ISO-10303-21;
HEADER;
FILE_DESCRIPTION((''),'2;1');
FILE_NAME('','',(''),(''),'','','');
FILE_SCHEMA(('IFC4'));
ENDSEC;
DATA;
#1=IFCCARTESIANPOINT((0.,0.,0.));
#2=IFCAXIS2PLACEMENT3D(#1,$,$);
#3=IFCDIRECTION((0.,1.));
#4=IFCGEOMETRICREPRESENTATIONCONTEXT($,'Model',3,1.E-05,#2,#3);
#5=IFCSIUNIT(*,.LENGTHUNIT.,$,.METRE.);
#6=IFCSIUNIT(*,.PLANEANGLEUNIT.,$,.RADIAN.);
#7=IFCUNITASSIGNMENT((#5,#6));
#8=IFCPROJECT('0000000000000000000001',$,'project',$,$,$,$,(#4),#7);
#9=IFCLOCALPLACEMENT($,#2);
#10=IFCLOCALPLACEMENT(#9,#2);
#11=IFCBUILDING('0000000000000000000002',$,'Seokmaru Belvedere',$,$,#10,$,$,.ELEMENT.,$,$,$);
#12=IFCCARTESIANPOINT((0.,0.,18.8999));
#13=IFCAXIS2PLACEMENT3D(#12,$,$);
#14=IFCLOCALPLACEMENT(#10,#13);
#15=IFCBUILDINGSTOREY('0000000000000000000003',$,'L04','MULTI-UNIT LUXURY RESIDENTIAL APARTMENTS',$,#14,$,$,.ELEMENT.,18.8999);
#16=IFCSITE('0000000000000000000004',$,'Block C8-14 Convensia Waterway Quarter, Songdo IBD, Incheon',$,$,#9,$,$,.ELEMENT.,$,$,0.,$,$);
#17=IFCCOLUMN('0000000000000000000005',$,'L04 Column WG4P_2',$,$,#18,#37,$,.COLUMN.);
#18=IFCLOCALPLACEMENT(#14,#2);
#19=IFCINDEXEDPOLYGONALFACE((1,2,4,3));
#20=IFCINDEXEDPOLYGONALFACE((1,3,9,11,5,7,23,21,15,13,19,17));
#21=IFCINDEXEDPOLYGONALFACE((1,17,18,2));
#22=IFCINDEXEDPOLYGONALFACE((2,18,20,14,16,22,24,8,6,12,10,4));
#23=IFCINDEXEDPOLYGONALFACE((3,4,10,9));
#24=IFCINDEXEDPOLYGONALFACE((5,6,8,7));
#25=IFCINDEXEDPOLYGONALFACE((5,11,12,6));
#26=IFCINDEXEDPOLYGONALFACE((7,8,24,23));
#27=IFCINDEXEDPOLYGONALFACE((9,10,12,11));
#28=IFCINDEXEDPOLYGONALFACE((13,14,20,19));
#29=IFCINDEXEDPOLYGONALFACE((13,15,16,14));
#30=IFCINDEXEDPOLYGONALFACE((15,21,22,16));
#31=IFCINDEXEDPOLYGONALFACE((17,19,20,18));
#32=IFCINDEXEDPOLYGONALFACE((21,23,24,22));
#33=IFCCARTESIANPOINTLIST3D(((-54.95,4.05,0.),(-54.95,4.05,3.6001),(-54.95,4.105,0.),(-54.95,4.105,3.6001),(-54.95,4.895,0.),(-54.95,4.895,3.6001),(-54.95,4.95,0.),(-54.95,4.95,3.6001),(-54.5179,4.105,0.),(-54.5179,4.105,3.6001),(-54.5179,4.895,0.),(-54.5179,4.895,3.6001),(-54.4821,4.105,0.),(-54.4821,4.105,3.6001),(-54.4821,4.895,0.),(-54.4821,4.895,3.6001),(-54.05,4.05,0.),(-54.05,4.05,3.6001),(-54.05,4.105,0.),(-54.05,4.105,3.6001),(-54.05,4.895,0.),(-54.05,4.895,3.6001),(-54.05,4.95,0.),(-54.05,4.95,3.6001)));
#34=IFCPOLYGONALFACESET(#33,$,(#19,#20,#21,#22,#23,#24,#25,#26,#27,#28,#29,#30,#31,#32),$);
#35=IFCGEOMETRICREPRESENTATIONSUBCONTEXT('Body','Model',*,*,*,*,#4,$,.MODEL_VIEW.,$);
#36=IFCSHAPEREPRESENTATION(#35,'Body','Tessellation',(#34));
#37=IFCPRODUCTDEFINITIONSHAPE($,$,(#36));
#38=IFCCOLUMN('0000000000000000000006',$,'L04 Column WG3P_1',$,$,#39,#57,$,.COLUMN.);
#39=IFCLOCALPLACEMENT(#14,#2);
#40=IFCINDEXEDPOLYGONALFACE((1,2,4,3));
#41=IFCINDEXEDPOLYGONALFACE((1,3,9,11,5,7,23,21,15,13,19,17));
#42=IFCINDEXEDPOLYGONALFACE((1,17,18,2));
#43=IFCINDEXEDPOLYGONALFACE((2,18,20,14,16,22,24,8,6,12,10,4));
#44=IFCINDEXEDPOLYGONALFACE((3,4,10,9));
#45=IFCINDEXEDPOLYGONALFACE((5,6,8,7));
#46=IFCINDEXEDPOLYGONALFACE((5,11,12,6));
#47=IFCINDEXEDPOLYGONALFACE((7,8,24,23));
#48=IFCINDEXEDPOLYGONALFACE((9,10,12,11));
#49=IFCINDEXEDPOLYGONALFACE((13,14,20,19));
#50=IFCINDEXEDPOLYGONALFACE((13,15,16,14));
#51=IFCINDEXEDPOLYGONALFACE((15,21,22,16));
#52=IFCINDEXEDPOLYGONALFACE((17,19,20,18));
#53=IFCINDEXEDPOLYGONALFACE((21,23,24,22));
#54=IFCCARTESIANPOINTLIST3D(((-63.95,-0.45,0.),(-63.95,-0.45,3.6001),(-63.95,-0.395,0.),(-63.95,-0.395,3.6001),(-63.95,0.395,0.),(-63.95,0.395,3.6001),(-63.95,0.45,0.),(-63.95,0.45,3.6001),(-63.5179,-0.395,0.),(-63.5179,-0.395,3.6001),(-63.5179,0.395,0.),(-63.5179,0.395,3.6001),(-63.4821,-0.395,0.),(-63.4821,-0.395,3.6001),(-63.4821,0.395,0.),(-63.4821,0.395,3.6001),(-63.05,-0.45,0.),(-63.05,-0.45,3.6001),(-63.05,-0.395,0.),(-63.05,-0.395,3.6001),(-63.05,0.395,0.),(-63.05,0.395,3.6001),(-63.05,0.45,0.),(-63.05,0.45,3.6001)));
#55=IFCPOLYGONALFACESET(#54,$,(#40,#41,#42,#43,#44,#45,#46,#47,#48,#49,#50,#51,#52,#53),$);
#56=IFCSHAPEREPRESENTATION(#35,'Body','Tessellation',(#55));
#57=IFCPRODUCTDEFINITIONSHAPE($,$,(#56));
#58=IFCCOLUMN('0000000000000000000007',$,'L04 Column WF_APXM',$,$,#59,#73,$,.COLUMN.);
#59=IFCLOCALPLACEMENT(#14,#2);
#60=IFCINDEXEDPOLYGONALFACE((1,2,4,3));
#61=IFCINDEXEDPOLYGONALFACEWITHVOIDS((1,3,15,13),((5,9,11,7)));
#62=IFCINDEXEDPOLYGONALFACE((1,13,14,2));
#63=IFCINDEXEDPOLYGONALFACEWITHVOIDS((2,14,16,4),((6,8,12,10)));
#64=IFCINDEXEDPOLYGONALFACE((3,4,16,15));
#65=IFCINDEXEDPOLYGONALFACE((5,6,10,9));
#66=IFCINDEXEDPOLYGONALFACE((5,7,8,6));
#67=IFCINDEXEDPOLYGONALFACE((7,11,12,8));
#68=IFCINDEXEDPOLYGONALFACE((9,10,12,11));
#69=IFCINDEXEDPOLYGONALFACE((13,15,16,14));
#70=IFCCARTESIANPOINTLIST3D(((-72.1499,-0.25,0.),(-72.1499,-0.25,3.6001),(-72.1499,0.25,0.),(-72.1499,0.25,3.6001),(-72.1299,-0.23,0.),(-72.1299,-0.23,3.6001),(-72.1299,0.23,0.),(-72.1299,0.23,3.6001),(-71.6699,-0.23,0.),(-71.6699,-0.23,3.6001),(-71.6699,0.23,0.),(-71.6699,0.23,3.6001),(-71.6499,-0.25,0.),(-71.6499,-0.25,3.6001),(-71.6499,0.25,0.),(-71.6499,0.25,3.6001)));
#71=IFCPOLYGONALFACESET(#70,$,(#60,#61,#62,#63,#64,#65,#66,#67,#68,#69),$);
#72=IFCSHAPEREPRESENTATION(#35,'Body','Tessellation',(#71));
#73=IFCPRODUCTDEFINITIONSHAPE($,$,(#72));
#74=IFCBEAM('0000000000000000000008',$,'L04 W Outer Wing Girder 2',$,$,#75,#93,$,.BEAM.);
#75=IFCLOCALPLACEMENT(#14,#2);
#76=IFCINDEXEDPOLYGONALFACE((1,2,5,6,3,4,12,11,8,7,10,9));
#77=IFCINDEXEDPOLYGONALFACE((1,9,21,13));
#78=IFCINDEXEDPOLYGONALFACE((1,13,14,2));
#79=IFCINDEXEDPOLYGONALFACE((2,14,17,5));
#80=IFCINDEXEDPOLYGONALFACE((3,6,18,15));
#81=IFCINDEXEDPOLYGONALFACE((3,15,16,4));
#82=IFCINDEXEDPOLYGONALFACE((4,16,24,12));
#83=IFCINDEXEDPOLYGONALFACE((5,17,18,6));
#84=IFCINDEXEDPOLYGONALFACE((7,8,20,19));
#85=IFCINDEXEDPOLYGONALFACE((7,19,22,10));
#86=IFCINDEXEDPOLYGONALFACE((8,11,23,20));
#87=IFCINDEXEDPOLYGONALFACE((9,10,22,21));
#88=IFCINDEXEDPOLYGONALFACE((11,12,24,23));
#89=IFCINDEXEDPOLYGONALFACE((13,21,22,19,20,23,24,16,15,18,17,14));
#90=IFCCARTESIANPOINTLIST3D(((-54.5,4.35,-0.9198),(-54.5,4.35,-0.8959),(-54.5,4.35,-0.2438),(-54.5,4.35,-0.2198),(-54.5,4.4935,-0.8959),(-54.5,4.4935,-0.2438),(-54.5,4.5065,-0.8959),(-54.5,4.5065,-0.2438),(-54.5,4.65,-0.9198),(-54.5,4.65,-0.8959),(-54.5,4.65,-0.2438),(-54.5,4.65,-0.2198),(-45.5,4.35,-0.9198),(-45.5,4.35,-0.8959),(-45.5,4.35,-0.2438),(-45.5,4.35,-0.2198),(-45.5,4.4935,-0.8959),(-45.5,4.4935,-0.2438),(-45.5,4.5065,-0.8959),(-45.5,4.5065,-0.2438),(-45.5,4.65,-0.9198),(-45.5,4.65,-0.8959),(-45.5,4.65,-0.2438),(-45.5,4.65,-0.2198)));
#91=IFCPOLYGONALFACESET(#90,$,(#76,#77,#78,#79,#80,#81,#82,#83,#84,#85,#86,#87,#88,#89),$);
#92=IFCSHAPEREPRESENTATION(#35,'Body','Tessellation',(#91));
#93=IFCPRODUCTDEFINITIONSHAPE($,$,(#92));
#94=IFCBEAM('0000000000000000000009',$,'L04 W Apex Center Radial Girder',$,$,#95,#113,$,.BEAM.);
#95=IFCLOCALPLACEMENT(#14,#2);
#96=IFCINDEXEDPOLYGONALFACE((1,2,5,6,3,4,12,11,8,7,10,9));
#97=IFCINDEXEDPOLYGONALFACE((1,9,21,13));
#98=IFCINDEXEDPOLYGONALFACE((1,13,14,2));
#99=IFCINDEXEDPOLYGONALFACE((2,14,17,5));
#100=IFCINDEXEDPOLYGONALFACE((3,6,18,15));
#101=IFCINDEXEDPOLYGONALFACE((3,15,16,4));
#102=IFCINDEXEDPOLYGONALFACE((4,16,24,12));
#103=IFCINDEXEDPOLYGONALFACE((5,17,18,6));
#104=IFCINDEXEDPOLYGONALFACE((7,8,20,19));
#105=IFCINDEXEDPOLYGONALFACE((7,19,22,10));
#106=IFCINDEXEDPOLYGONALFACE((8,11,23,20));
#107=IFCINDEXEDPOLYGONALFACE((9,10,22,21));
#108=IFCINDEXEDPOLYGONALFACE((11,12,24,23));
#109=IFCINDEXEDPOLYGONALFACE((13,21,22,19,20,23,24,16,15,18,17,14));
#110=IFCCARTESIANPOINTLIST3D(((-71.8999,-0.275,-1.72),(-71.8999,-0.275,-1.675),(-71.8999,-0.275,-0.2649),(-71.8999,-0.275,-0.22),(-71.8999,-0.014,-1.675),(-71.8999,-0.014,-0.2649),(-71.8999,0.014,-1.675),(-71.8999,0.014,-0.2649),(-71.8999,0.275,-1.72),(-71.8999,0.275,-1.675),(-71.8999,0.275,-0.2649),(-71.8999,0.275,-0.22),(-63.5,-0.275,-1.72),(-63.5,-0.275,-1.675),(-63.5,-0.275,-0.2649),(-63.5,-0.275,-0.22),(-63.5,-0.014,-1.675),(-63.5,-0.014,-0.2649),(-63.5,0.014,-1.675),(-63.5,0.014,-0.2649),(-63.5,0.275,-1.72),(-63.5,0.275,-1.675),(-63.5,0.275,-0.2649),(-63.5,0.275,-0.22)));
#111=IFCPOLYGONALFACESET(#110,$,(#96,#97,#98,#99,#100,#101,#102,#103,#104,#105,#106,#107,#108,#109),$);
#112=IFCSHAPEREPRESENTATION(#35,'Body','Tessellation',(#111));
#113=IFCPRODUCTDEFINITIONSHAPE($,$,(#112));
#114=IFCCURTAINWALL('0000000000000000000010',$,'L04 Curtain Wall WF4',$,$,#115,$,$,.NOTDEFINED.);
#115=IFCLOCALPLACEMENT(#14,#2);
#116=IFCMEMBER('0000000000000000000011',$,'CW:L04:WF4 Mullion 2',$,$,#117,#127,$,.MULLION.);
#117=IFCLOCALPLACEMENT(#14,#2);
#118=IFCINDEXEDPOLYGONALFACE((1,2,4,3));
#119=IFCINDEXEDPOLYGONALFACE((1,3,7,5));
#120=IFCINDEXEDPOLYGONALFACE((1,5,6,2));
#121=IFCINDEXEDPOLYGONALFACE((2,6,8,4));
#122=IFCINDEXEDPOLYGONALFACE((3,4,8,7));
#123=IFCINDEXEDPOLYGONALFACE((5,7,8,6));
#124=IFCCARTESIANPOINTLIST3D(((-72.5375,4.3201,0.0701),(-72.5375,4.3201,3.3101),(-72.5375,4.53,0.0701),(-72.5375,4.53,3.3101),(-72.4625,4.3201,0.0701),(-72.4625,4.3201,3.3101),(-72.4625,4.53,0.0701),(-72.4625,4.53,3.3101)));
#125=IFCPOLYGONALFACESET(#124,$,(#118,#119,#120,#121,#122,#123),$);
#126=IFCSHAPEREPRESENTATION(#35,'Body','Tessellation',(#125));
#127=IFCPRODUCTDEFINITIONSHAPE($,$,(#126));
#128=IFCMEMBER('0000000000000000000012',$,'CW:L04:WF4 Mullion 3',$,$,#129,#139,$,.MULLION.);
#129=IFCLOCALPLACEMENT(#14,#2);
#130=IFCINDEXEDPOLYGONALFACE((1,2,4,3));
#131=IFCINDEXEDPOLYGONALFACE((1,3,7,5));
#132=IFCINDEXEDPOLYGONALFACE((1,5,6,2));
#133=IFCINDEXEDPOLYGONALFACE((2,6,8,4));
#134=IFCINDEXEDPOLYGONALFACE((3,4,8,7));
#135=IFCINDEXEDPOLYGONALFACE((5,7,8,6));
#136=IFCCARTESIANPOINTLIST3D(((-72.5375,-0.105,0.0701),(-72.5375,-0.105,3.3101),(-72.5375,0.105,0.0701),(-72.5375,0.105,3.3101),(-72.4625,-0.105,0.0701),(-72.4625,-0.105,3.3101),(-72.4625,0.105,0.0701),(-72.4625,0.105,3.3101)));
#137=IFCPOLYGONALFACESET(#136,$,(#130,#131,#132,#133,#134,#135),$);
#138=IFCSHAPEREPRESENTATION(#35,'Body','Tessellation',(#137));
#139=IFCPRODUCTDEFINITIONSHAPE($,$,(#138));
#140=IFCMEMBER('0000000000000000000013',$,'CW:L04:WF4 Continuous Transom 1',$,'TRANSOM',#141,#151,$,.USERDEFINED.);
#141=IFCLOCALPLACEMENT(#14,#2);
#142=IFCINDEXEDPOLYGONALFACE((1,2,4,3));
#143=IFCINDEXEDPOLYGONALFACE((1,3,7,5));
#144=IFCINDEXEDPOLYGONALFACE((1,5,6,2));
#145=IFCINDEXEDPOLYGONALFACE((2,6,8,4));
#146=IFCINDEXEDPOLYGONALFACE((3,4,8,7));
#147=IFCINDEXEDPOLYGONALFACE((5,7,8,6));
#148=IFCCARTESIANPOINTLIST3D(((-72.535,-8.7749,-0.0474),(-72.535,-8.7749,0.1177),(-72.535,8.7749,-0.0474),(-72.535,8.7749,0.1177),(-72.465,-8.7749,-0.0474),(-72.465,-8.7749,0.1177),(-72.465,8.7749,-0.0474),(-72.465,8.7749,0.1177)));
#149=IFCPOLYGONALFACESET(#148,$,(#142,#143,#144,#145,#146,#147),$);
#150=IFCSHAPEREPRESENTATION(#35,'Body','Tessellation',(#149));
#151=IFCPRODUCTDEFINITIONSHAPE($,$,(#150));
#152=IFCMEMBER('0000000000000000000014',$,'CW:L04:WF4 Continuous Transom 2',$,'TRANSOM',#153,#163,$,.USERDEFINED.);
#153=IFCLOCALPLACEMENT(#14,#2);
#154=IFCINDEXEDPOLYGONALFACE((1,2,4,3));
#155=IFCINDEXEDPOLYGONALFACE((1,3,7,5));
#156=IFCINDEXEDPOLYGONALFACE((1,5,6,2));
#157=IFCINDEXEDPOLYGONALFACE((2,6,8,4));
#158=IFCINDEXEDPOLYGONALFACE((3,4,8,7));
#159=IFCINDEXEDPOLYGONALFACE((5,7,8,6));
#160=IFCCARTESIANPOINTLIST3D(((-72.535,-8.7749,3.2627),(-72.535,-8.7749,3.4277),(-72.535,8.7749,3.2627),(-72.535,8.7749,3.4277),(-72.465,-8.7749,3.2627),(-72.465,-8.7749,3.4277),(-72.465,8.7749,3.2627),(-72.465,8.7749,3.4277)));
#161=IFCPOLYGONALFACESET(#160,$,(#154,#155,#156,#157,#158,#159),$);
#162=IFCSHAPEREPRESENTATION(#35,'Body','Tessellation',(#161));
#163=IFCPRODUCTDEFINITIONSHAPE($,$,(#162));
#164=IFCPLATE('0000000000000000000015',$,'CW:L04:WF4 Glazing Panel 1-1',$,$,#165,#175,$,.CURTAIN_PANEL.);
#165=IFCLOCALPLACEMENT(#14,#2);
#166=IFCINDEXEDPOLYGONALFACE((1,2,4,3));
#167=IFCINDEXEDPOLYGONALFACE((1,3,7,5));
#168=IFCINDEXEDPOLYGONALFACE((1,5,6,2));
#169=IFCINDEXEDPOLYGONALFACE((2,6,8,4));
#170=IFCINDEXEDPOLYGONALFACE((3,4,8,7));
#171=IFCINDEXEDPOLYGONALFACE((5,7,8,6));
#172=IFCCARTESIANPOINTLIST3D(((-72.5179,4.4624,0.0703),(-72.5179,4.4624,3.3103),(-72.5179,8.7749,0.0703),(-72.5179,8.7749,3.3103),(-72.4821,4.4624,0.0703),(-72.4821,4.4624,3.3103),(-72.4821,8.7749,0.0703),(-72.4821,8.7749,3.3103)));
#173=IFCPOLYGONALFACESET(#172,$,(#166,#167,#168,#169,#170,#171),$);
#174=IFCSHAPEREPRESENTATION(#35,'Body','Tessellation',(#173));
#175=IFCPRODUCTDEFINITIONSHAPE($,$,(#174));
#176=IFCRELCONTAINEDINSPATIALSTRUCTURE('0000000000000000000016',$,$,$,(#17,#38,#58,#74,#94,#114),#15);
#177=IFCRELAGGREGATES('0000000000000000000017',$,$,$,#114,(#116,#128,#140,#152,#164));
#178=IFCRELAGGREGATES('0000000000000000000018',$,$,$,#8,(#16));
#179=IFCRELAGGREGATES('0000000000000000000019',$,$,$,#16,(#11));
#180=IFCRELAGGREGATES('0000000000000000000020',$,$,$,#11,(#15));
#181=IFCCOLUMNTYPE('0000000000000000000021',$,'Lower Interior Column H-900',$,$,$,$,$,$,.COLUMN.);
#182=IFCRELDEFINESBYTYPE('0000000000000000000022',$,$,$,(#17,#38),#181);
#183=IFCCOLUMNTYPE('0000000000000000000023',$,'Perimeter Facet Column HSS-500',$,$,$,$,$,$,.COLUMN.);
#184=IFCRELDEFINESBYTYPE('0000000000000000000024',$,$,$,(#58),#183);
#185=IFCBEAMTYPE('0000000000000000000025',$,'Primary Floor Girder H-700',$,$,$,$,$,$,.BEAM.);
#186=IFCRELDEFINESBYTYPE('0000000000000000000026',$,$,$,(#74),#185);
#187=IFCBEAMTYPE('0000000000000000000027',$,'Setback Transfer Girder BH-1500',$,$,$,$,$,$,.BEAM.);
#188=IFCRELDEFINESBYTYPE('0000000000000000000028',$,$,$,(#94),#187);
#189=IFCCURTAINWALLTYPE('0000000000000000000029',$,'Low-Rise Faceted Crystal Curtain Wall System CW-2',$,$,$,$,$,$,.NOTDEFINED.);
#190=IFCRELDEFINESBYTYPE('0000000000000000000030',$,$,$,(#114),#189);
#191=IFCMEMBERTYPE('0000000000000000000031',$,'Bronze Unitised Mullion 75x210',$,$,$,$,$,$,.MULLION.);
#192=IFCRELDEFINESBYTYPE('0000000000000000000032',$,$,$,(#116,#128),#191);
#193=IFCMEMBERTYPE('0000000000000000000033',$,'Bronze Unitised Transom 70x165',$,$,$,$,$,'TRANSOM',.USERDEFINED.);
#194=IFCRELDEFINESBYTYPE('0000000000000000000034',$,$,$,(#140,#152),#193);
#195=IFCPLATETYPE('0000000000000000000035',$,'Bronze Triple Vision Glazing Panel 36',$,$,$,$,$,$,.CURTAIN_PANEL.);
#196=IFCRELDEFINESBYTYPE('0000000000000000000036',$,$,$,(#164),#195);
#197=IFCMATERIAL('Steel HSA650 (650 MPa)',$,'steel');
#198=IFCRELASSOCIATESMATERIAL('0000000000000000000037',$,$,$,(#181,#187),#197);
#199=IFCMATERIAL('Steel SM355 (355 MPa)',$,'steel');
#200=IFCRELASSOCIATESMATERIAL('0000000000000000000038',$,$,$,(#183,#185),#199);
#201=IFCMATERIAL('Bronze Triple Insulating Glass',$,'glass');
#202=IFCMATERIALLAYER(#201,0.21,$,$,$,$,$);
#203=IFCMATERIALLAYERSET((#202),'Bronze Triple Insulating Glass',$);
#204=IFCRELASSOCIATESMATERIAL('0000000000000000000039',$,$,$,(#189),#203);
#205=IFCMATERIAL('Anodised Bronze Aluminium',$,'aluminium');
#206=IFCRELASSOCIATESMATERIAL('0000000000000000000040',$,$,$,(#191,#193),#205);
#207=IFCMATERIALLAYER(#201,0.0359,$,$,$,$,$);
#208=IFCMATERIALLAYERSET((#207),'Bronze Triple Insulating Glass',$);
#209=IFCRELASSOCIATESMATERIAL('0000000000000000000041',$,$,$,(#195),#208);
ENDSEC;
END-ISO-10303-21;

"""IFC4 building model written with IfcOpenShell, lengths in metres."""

from ifc_helpers import new_model, si_unit, direction, frame, origin, origin_2d, place, context, subcontext, project, spatial, rectangle, hollow_rectangle, i_section, extrude, source, transform, mapped, material, layer, layer_set, material_profile, profile_set, type_object, type_shapes, element, aggregate, save


model = new_model("IFC4")

# Units and contexts
model_context = context("Model", 3, precision=1e-05, world=origin(), true_north=direction((0.0, 1.0)))
body_context = subcontext(model_context, "Body", "Model", "MODEL_VIEW")
ifc_project = project(units=[si_unit("LENGTHUNIT", "METRE"), si_unit("PLANEANGLEUNIT", "RADIAN")], contexts=[model_context])

# Site, building, storey
site_placement = place(None, origin())
site = spatial("IfcSite", under=ifc_project, at=site_placement, Name="Block C8-14 Convensia Waterway Quarter, Songdo IBD, Incheon", CompositionType="ELEMENT", RefElevation=0.0)
building_placement = place(site_placement, origin())
building = spatial("IfcBuilding", under=site, at=building_placement, Name="Seokmaru Belvedere", CompositionType="ELEMENT")
storey_placement = place(building_placement, frame((0.0, 0.0, 18.8999)))
storey = spatial("IfcBuildingStorey", under=building, at=storey_placement, Name="L04", Description="MULTI-UNIT LUXURY RESIDENTIAL APARTMENTS", CompositionType="ELEMENT", Elevation=18.8999)

# Columns
ifc_material_1 = material(Name="Steel HSA650 (650 MPa)", Category="steel")
ifc_material_profile_1 = material_profile(ifc_material_1, i_section(OverallWidth=0.8999, OverallDepth=0.8999, WebThickness=0.0359, FlangeThickness=0.0549, at=origin_2d()), Name="H-900x900x36x55")
ifc_profile_set_1 = profile_set([ifc_material_profile_1], Name="Steel HSA650 (650 MPa)")
column_type_1 = type_object("IfcColumnType", Name="Lower Interior Column H-900", PredefinedType="COLUMN", material=ifc_profile_set_1)
shared_shape_1 = source(origin(), body_context, "Body", "SweptSolid", [
    extrude(i_section(OverallWidth=0.8999, OverallDepth=0.8999, WebThickness=0.0359, FlangeThickness=0.0549, at=origin_2d()), origin(), (0.0, 0.0, 1.0), 3.6001),
])
type_shapes(column_type_1, [shared_shape_1])
for number, where, z_axis, x_axis, name in (
    (1, (-54.5, 4.5, 0.0), (0.0, 0.0, 1.0), (1.0, 0.0, 0.0), "L04 Column WG4P_2"),
    (2, (-63.5, 0.0, 0.0), (0.0, 0.0, 1.0), (1.0, 0.0, 0.0), "L04 Column WG3P_1"),
):
    element("IfcColumn", number, at=place(storey_placement, frame(where, z_axis=z_axis, x_axis=x_axis)), inside=storey, type_object=column_type_1, Name=name, PredefinedType="COLUMN", context=body_context, shape_type="MappedRepresentation", body=[
        mapped(shared_shape_1, transform((0.0, 0.0, 0.0), scale=1.0)),
    ])
ifc_material_2 = material(Name="Steel SM355 (355 MPa)", Category="steel")
ifc_material_profile_2 = material_profile(ifc_material_2, hollow_rectangle(XDim=0.5, YDim=0.5, WallThickness=0.02, at=origin_2d()), Name="HSS-500x500x20")
ifc_profile_set_2 = profile_set([ifc_material_profile_2], Name="Steel SM355 (355 MPa)")
column_type_2 = type_object("IfcColumnType", Name="Perimeter Facet Column HSS-500", PredefinedType="COLUMN", material=ifc_profile_set_2)
shared_shape_2 = source(origin(), body_context, "Body", "SweptSolid", [
    extrude(hollow_rectangle(XDim=0.5, YDim=0.5, WallThickness=0.02, at=origin_2d()), origin(), (0.0, 0.0, 1.0), 3.6001),
])
type_shapes(column_type_2, [shared_shape_2])
column_placement = place(storey_placement, frame((-71.8999, 0.0, 0.0), z_axis=(0.0, 0.0, 1.0), x_axis=(1.0, 0.0, 0.0)))
element("IfcColumn", 3, at=column_placement, inside=storey, type_object=column_type_2, Name="L04 Column WF_APXM", PredefinedType="COLUMN", context=body_context, shape_type="MappedRepresentation", body=[
    mapped(shared_shape_2, transform((0.0, 0.0, 0.0), scale=1.0)),
])

# Beams
ifc_material_profile_3 = material_profile(ifc_material_2, i_section(OverallWidth=0.3, OverallDepth=0.7, WebThickness=0.0129, FlangeThickness=0.0239, at=origin_2d()), Name="H-700x300x13x24")
ifc_profile_set_3 = profile_set([ifc_material_profile_3], Name="Steel SM355 (355 MPa)")
beam_type_1 = type_object("IfcBeamType", Name="Primary Floor Girder H-700", PredefinedType="BEAM", material=ifc_profile_set_3)
shared_shape_3 = source(origin(), body_context, "Body", "SweptSolid", [
    extrude(i_section(OverallWidth=0.3, OverallDepth=0.7, WebThickness=0.0129, FlangeThickness=0.0239, at=origin_2d()), origin(), (0.0, 0.0, 1.0), 9.0),
])
type_shapes(beam_type_1, [shared_shape_3])
beam_1_placement = place(storey_placement, frame((-54.5, 4.5, -0.5698), z_axis=(1.0, 0.0, 0.0), x_axis=(0.0, 1.0, 0.0)))
element("IfcBeam", 4, at=beam_1_placement, inside=storey, type_object=beam_type_1, Name="L04 W Outer Wing Girder 2", PredefinedType="BEAM", context=body_context, shape_type="MappedRepresentation", body=[
    mapped(shared_shape_3, transform((0.0, 0.0, 0.0), scale=1.0)),
])
ifc_material_profile_4 = material_profile(ifc_material_1, i_section(OverallWidth=0.55, OverallDepth=1.5, WebThickness=0.0281, FlangeThickness=0.0449, at=origin_2d()), Name="BH-1500x550x28x45")
ifc_profile_set_4 = profile_set([ifc_material_profile_4], Name="Steel HSA650 (650 MPa)")
beam_type_2 = type_object("IfcBeamType", Name="Setback Transfer Girder BH-1500", PredefinedType="BEAM", material=ifc_profile_set_4)
shared_shape_4 = source(origin(), body_context, "Body", "SweptSolid", [
    extrude(i_section(OverallWidth=0.55, OverallDepth=1.5, WebThickness=0.0281, FlangeThickness=0.0449, at=origin_2d()), origin(), (0.0, 0.0, 1.0), 8.3999),
])
type_shapes(beam_type_2, [shared_shape_4])
beam_2_placement = place(storey_placement, frame((-71.8999, 0.0, -0.97), z_axis=(1.0, 0.0, 0.0), x_axis=(0.0, 1.0, 0.0)))
element("IfcBeam", 5, at=beam_2_placement, inside=storey, type_object=beam_type_2, Name="L04 W Apex Center Radial Girder", PredefinedType="BEAM", context=body_context, shape_type="MappedRepresentation", body=[
    mapped(shared_shape_4, transform((0.0, 0.0, 0.0), scale=1.0)),
])

# Curtain wall, members, plate
ifc_material_3 = material(Name="Bronze Triple Insulating Glass", Category="glass")
ifc_layer_1 = layer(ifc_material_3, 0.21)
ifc_layer_set_1 = layer_set([ifc_layer_1], Name="Bronze Triple Insulating Glass")
curtain_wall_type = type_object("IfcCurtainWallType", Name="Low-Rise Faceted Crystal Curtain Wall System CW-2", PredefinedType="NOTDEFINED", material=ifc_layer_set_1)
curtain_wall_placement = place(storey_placement, origin())
curtain_wall = element("IfcCurtainWall", 6, at=curtain_wall_placement, inside=storey, type_object=curtain_wall_type, Name="L04 Curtain Wall WF4", PredefinedType="NOTDEFINED")
ifc_material_4 = material(Name="Anodised Bronze Aluminium", Category="aluminium")
ifc_material_profile_5 = material_profile(ifc_material_4, rectangle(XDim=0.075, YDim=0.21, at=origin_2d()), Name="CW-M-75x210")
ifc_profile_set_5 = profile_set([ifc_material_profile_5], Name="Anodised Bronze Aluminium")
member_type_1 = type_object("IfcMemberType", Name="Bronze Unitised Mullion 75x210", PredefinedType="MULLION", material=ifc_profile_set_5)
shared_shape_5 = source(origin(), body_context, "Body", "SweptSolid", [
    extrude(rectangle(XDim=0.075, YDim=0.21, at=origin_2d()), origin(), (0.0, 0.0, 1.0), 3.24),
])
type_shapes(member_type_1, [shared_shape_5])
member_1_placement = place(storey_placement, frame((-72.5, 4.425, 0.0701), z_axis=(0.0, 0.0, 1.0), x_axis=(1.0, 0.0, 0.0)))
member_1 = element("IfcMember", 7, at=member_1_placement, type_object=member_type_1, Name="CW:L04:WF4 Mullion 2", PredefinedType="MULLION", context=body_context, shape_type="MappedRepresentation", body=[
    mapped(shared_shape_5, transform((0.0, 0.0, 0.0), scale=1.0)),
])
member_2_placement = place(storey_placement, frame((-72.5, 0.0, 0.0701), z_axis=(0.0, 0.0, 1.0), x_axis=(1.0, 0.0, 0.0)))
member_2 = element("IfcMember", 8, at=member_2_placement, type_object=member_type_1, Name="CW:L04:WF4 Mullion 3", PredefinedType="MULLION", context=body_context, shape_type="MappedRepresentation", body=[
    mapped(shared_shape_5, transform((0.0, 0.0, 0.0), scale=1.0)),
])
ifc_material_profile_6 = material_profile(ifc_material_4, rectangle(XDim=0.0701, YDim=0.165, at=origin_2d()), Name="CW-T-70x165")
ifc_profile_set_6 = profile_set([ifc_material_profile_6], Name="Anodised Bronze Aluminium")
member_type_2 = type_object("IfcMemberType", Name="Bronze Unitised Transom 70x165", ElementType="TRANSOM", PredefinedType="USERDEFINED", material=ifc_profile_set_6)
shared_shape_6 = source(origin(), body_context, "Body", "SweptSolid", [
    extrude(rectangle(XDim=0.0701, YDim=0.165, at=origin_2d()), origin(), (0.0, 0.0, 1.0), 17.5498),
])
type_shapes(member_type_2, [shared_shape_6])
member_3_placement = place(storey_placement, frame((-72.5, 8.7749, 0.0352), z_axis=(0.0, -1.0, 0.0), x_axis=(1.0, 0.0, 0.0)))
member_3 = element("IfcMember", 9, at=member_3_placement, type_object=member_type_2, Name="CW:L04:WF4 Continuous Transom 1", ObjectType="TRANSOM", PredefinedType="USERDEFINED", context=body_context, shape_type="MappedRepresentation", body=[
    mapped(shared_shape_6, transform((0.0, 0.0, 0.0), scale=1.0)),
])
member_4_placement = place(storey_placement, frame((-72.5, 8.7749, 3.3452), z_axis=(0.0, -1.0, 0.0), x_axis=(1.0, 0.0, 0.0)))
member_4 = element("IfcMember", 10, at=member_4_placement, type_object=member_type_2, Name="CW:L04:WF4 Continuous Transom 2", ObjectType="TRANSOM", PredefinedType="USERDEFINED", context=body_context, shape_type="MappedRepresentation", body=[
    mapped(shared_shape_6, transform((0.0, 0.0, 0.0), scale=1.0)),
])
ifc_layer_2 = layer(ifc_material_3, 0.0359)
ifc_layer_set_2 = layer_set([ifc_layer_2], Name="Bronze Triple Insulating Glass")
plate_type = type_object("IfcPlateType", Name="Bronze Triple Vision Glazing Panel 36", PredefinedType="CURTAIN_PANEL", material=ifc_layer_set_2)
shared_shape_7 = source(origin(), body_context, "Body", "SweptSolid", [
    extrude(rectangle(XDim=4.3125, YDim=0.0359, at=origin_2d()), origin(), (0.0, 0.0, 1.0), 3.24),
])
plate_1_placement = place(storey_placement, frame((-72.5, 6.6187, 0.0703), z_axis=(0.0, 0.0, 1.0), x_axis=(0.0, -1.0, 0.0)))
plate_1 = element("IfcPlate", 11, at=plate_1_placement, type_object=plate_type, Name="CW:L04:WF4 Glazing Panel 1-1", PredefinedType="CURTAIN_PANEL", context=body_context, shape_type="MappedRepresentation", body=[
    mapped(shared_shape_7, transform((0.0, 0.0, 0.0), scale=1.0)),
])
aggregate(curtain_wall, [member_1, member_2, member_3, member_4, plate_1])

save(model, "model.ifc")
